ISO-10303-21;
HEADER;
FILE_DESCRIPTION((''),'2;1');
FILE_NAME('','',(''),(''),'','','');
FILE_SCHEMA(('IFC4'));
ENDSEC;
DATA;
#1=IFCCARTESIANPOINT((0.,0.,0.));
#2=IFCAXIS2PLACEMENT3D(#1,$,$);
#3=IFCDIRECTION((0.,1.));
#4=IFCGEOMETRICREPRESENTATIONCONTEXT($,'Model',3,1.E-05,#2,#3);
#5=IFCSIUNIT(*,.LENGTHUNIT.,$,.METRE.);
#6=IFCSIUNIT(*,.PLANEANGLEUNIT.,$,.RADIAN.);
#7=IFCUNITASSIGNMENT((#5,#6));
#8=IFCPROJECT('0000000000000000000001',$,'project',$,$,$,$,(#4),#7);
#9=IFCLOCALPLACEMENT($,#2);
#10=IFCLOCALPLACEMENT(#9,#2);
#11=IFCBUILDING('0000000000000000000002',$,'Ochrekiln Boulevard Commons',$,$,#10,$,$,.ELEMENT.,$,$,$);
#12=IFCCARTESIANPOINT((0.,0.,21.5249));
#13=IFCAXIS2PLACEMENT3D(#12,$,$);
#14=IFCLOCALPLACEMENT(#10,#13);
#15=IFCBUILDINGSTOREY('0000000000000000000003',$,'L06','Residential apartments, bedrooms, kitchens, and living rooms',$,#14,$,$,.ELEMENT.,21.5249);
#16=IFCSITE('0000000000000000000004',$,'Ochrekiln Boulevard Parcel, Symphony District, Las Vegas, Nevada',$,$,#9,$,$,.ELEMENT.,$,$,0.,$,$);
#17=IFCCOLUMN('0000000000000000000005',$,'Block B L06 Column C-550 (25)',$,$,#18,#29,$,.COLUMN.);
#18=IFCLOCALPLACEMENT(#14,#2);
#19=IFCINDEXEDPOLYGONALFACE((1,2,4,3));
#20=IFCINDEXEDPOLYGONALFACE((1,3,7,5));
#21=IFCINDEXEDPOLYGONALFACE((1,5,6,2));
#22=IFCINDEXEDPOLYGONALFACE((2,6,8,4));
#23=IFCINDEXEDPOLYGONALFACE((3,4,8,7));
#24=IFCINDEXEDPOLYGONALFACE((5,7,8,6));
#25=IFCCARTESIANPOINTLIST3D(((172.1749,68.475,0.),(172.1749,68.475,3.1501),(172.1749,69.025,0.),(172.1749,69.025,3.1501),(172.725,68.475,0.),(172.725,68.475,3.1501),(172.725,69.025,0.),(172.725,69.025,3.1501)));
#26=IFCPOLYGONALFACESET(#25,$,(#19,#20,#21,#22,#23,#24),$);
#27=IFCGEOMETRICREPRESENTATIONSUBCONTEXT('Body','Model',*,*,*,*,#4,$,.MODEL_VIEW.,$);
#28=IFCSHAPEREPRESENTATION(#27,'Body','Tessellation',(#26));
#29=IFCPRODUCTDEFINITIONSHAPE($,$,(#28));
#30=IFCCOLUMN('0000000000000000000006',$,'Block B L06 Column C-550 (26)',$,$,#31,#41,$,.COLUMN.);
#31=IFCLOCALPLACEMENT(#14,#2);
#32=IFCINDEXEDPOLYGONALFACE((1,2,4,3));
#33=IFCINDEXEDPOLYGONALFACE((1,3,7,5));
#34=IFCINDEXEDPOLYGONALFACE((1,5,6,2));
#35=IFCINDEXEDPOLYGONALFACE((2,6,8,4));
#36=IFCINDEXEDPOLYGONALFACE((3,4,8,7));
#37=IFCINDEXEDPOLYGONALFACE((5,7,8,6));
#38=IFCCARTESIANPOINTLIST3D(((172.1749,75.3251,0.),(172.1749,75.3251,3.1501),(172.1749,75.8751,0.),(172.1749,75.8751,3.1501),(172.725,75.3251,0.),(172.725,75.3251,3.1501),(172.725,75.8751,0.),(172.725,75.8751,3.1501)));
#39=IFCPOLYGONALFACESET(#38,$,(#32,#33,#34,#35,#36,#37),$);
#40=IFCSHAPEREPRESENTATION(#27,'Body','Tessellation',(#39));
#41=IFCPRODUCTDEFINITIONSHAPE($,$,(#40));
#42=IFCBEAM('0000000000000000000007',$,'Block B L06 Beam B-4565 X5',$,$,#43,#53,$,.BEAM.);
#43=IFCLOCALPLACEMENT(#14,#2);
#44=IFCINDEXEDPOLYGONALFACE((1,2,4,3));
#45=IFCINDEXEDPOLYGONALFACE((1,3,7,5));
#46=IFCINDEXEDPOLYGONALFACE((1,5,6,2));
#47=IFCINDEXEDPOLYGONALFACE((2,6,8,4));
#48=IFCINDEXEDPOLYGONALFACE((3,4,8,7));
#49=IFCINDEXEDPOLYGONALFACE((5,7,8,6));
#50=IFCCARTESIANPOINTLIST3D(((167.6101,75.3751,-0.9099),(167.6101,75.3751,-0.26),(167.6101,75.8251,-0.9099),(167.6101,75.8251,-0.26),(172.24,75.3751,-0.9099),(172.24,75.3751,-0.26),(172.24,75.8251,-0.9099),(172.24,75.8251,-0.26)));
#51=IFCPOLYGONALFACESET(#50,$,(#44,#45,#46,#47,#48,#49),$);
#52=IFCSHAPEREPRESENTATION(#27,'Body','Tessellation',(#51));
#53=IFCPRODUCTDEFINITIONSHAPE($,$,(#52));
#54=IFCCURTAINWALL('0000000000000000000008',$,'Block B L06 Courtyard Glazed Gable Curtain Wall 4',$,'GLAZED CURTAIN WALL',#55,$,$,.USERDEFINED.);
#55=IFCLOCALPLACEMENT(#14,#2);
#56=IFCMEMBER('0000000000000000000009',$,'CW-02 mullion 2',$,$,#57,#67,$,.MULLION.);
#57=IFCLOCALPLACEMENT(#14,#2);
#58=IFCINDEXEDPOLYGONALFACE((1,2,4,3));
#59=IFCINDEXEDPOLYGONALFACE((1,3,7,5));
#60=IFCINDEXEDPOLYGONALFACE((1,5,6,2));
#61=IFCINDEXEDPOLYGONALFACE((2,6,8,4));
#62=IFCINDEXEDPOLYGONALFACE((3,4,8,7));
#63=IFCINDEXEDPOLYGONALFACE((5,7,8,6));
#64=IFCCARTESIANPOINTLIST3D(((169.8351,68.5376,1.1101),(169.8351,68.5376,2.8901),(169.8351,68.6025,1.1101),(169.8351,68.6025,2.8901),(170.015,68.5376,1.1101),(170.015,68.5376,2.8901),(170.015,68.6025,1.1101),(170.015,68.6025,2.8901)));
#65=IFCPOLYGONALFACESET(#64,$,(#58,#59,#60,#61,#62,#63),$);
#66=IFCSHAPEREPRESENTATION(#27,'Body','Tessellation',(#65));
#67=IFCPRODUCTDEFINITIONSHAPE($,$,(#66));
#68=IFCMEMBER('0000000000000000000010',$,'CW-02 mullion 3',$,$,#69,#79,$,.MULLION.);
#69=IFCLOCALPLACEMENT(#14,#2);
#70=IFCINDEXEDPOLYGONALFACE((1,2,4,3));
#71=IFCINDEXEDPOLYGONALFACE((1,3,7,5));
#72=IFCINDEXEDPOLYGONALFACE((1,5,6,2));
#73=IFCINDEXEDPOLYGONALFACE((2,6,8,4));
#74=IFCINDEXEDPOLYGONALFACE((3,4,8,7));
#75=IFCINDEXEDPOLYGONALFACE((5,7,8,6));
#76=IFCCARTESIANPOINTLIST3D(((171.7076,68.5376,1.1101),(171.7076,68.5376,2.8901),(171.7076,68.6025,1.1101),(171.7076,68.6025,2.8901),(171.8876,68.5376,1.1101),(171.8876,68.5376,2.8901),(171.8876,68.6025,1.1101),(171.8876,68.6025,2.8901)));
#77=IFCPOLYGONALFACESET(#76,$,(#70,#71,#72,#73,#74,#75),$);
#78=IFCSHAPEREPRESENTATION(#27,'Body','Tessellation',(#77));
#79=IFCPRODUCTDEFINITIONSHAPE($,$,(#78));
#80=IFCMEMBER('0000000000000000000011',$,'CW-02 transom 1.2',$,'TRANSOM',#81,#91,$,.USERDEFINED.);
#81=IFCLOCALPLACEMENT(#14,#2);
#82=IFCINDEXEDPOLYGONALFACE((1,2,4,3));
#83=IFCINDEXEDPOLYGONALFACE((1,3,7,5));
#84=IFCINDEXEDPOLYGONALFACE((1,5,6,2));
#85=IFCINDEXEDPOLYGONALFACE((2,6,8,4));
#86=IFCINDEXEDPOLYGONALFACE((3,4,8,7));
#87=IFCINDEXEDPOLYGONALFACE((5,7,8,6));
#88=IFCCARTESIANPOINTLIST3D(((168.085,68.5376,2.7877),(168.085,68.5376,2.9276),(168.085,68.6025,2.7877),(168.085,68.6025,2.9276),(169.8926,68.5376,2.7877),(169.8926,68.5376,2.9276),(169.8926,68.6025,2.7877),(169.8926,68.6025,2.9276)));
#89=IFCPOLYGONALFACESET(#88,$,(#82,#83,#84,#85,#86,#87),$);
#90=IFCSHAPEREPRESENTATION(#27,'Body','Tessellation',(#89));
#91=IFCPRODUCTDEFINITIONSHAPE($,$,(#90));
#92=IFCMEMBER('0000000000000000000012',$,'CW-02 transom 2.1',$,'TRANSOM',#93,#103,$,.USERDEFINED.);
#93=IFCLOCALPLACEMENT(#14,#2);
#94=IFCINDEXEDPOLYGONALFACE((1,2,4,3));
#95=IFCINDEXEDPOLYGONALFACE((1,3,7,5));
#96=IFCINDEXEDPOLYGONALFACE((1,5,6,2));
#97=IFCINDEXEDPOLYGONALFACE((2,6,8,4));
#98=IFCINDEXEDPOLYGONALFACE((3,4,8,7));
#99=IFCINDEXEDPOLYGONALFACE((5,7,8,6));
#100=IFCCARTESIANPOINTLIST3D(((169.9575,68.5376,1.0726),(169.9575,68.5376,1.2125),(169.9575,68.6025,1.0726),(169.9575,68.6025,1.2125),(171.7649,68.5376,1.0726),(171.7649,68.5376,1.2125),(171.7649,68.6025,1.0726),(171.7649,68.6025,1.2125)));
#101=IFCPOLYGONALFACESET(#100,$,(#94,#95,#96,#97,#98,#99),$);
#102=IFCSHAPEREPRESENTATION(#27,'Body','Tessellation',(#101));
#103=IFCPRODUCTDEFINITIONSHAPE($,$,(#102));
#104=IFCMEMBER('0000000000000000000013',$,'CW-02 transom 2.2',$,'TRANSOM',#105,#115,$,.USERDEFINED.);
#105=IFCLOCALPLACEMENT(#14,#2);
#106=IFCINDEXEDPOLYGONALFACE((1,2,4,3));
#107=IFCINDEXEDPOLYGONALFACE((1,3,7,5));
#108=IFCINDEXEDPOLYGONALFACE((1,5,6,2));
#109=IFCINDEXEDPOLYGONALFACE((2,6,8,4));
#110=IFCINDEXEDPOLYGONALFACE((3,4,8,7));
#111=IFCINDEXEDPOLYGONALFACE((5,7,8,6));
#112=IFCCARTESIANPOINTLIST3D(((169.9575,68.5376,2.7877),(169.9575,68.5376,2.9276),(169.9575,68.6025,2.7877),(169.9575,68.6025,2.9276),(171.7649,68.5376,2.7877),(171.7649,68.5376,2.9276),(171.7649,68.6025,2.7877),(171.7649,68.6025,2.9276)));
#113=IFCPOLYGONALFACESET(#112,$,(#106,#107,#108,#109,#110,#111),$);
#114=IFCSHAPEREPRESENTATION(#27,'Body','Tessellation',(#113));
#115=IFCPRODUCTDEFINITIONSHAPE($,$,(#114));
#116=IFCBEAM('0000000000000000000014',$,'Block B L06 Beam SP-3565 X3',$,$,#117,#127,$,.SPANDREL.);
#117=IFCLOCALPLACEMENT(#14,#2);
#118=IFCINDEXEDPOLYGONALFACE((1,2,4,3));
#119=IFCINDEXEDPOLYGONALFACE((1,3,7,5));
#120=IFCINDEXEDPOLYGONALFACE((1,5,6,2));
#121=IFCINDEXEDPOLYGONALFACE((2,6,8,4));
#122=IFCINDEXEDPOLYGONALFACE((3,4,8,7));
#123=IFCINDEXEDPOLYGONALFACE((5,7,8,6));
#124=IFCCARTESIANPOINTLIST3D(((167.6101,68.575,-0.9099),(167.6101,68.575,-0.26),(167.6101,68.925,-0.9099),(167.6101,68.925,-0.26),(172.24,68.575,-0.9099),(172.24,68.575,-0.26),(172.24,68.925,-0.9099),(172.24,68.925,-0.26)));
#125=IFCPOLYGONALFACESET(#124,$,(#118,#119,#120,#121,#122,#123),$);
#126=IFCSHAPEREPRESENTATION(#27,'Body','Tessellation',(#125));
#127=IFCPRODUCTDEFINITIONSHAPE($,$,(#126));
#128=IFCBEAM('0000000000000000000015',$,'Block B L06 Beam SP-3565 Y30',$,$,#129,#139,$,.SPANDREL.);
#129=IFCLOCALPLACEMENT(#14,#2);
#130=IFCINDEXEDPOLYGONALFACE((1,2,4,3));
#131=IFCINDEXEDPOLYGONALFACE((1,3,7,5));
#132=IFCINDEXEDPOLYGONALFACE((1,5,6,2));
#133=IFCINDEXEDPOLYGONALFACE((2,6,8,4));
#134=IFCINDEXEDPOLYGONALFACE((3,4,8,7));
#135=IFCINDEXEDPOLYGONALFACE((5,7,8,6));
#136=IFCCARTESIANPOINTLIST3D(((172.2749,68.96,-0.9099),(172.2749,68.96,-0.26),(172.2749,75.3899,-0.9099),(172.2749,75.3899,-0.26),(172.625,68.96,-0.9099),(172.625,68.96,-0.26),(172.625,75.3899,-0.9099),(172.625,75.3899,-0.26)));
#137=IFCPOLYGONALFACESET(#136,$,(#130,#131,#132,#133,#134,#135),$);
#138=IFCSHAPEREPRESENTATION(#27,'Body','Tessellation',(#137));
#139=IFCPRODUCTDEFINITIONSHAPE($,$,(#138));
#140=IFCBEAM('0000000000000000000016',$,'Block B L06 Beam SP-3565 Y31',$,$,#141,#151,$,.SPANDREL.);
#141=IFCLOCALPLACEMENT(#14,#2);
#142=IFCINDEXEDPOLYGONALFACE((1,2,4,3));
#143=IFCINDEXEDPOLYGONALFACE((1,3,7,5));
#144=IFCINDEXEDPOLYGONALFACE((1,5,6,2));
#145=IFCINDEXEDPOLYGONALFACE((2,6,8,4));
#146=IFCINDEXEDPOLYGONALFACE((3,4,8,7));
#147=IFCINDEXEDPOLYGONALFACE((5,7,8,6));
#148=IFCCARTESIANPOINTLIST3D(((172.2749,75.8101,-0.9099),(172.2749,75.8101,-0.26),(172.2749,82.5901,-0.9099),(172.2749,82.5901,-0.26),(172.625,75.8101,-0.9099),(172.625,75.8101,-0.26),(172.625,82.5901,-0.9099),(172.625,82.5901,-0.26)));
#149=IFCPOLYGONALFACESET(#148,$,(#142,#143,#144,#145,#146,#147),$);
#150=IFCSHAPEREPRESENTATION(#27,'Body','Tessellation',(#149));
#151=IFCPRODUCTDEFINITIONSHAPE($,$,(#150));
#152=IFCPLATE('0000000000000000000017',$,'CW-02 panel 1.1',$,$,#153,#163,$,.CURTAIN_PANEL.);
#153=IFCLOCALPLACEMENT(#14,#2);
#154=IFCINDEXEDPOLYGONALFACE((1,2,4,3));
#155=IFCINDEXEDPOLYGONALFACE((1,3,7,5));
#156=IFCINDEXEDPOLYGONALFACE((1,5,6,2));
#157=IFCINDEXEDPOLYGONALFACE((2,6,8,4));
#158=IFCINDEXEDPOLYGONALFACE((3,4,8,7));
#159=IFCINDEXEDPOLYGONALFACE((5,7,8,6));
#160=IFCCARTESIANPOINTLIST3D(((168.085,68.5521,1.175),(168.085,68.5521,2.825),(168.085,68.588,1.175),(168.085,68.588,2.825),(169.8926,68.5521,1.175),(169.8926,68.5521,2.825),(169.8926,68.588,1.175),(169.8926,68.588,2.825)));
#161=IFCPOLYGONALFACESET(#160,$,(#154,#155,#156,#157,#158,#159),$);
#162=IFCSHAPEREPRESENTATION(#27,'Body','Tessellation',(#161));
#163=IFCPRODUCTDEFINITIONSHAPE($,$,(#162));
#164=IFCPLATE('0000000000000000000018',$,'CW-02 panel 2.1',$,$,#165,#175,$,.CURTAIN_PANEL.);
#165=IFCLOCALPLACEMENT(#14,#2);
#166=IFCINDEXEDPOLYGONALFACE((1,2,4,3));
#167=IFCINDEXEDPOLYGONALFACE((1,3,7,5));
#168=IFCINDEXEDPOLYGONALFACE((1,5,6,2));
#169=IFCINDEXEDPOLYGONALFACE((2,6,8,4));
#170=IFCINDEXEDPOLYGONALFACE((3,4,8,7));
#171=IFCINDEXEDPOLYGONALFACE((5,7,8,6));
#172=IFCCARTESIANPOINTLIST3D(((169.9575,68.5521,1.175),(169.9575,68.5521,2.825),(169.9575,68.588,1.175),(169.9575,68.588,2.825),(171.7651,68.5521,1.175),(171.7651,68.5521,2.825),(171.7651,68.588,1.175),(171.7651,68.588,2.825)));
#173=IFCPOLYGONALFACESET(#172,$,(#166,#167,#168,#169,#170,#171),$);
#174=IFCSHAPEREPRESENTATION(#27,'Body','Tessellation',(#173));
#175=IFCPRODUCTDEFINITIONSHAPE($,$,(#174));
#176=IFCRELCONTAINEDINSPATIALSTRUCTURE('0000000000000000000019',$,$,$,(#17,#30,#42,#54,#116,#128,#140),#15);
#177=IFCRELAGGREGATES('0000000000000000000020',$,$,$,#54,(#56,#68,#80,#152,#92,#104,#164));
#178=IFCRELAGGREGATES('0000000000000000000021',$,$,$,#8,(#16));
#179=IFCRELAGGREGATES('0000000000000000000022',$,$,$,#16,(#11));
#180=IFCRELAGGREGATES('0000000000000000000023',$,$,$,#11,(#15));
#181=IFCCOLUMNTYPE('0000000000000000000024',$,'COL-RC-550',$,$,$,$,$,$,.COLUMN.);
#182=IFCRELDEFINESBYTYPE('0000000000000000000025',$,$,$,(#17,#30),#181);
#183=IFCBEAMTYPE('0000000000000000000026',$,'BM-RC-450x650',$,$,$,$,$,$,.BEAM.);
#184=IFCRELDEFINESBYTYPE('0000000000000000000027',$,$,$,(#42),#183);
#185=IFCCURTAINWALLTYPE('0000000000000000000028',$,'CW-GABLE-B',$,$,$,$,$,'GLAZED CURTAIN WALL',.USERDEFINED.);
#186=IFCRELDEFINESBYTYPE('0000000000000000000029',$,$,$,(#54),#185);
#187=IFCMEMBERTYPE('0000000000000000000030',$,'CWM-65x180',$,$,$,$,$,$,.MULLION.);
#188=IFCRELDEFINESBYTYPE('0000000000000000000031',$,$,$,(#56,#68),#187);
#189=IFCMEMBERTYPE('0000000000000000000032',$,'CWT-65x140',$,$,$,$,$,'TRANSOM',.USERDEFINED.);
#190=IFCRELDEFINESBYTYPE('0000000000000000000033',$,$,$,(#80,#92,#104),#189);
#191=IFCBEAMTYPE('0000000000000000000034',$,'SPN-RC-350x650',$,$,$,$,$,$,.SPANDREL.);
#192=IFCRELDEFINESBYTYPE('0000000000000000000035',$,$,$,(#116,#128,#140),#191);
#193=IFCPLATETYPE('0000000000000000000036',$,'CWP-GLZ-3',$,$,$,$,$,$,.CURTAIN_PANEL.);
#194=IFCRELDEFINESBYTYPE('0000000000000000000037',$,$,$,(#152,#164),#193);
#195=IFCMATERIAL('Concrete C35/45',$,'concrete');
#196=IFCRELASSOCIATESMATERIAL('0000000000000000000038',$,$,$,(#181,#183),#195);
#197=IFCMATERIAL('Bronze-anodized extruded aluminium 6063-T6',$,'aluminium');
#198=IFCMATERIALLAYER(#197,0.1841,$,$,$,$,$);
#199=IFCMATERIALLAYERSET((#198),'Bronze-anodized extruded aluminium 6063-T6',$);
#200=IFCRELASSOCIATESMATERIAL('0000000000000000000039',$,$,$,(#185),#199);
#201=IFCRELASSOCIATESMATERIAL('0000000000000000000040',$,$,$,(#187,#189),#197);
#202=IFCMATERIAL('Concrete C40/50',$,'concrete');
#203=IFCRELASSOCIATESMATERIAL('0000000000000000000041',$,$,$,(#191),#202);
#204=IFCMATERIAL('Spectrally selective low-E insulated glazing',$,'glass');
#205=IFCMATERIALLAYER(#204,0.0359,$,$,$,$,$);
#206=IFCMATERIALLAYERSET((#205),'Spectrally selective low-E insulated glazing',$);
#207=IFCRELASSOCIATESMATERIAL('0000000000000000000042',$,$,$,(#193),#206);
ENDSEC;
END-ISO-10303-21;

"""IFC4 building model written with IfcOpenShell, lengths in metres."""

from ifc_helpers import new_model, si_unit, direction, frame, origin, origin_2d, place, context, subcontext, project, spatial, rectangle, extrude, material, layer, layer_set, material_profile, profile_set, type_object, element, aggregate, save


model = new_model("IFC4")

# Units and contexts
model_context = context("Model", 3, precision=1e-05, world=origin(), true_north=direction((0.0, 1.0)))
body_context = subcontext(model_context, "Body", "Model", "MODEL_VIEW")
ifc_project = project(units=[si_unit("LENGTHUNIT", "METRE"), si_unit("PLANEANGLEUNIT", "RADIAN")], contexts=[model_context])

# Site, building, storey
site_placement = place(None, origin())
site = spatial("IfcSite", under=ifc_project, at=site_placement, Name="Ochrekiln Boulevard Parcel, Symphony District, Las Vegas, Nevada", CompositionType="ELEMENT", RefElevation=0.0)
building_placement = place(site_placement, origin())
building = spatial("IfcBuilding", under=site, at=building_placement, Name="Ochrekiln Boulevard Commons", CompositionType="ELEMENT")
storey_placement = place(building_placement, frame((0.0, 0.0, 21.5249)))
storey = spatial("IfcBuildingStorey", under=building, at=storey_placement, Name="L06", Description="Residential apartments, bedrooms, kitchens, and living rooms", CompositionType="ELEMENT", Elevation=21.5249)

# Columns
ifc_material_1 = material(Name="Concrete C35/45", Category="concrete")
ifc_material_profile_1 = material_profile(ifc_material_1, rectangle(XDim=0.55, YDim=0.55, at=origin_2d()), Name="RC-COL-550x550")
ifc_profile_set_1 = profile_set([ifc_material_profile_1], Name="Concrete C35/45")
column_type = type_object("IfcColumnType", Name="COL-RC-550", PredefinedType="COLUMN", material=ifc_profile_set_1)
for number, where, z_axis, x_axis, name in (
    (1, (172.45, 68.75, 0.0), (0.0, 0.0, 1.0), (1.0, 0.0, 0.0), "Block B L06 Column C-550 (25)"),
    (2, (172.45, 75.6001, 0.0), (0.0, 0.0, 1.0), (1.0, 0.0, 0.0), "Block B L06 Column C-550 (26)"),
):
    element("IfcColumn", number, at=place(storey_placement, frame(where, z_axis=z_axis, x_axis=x_axis)), inside=storey, type_object=column_type, Name=name, PredefinedType="COLUMN", context=body_context, shape_type="SweptSolid", body=[
        extrude(rectangle(XDim=0.55, YDim=0.55, at=origin_2d()), origin(), (0.0, 0.0, 1.0), 3.1501),
    ])

# Beam
ifc_material_profile_2 = material_profile(ifc_material_1, rectangle(XDim=0.45, YDim=0.6499, at=origin_2d()), Name="RC-BM-450x650")
ifc_profile_set_2 = profile_set([ifc_material_profile_2], Name="Concrete C35/45")
beam_type_1 = type_object("IfcBeamType", Name="BM-RC-450x650", PredefinedType="BEAM", material=ifc_profile_set_2)
beam_1_placement = place(storey_placement, frame((167.6101, 75.6001, -0.585), z_axis=(1.0, 0.0, 0.0), x_axis=(0.0, 1.0, 0.0)))
element("IfcBeam", 3, at=beam_1_placement, inside=storey, type_object=beam_type_1, Name="Block B L06 Beam B-4565 X5", PredefinedType="BEAM", context=body_context, shape_type="SweptSolid", body=[
    extrude(rectangle(XDim=0.45, YDim=0.6499, at=origin_2d()), origin(), (0.0, 0.0, 1.0), 4.6299),
])

# Curtain wall, members
ifc_material_2 = material(Name="Bronze-anodized extruded aluminium 6063-T6", Category="aluminium")
ifc_layer_1 = layer(ifc_material_2, 0.1841)
ifc_layer_set_1 = layer_set([ifc_layer_1], Name="Bronze-anodized extruded aluminium 6063-T6")
curtain_wall_type = type_object("IfcCurtainWallType", Name="CW-GABLE-B", ElementType="GLAZED CURTAIN WALL", PredefinedType="USERDEFINED", material=ifc_layer_set_1)
curtain_wall_placement = place(storey_placement, origin())
curtain_wall = element("IfcCurtainWall", 4, at=curtain_wall_placement, inside=storey, type_object=curtain_wall_type, Name="Block B L06 Courtyard Glazed Gable Curtain Wall 4", ObjectType="GLAZED CURTAIN WALL", PredefinedType="USERDEFINED")
ifc_material_profile_3 = material_profile(ifc_material_2, rectangle(XDim=0.0649, YDim=0.1799, at=origin_2d()), Name="ALU-MUL-65x180")
ifc_profile_set_3 = profile_set([ifc_material_profile_3], Name="Bronze-anodized extruded aluminium 6063-T6")
member_type_1 = type_object("IfcMemberType", Name="CWM-65x180", PredefinedType="MULLION", material=ifc_profile_set_3)
member_1_placement = place(storey_placement, frame((169.925, 68.5701, 1.1101), z_axis=(0.0, 0.0, 1.0), x_axis=(0.0, 1.0, 0.0)))
member_1 = element("IfcMember", 5, at=member_1_placement, type_object=member_type_1, Name="CW-02 mullion 2", PredefinedType="MULLION", context=body_context, shape_type="SweptSolid", body=[
    extrude(rectangle(XDim=0.0649, YDim=0.1799, at=origin_2d()), origin(), (0.0, 0.0, 1.0), 1.78),
])
member_2_placement = place(storey_placement, frame((171.7976, 68.5701, 1.1101), z_axis=(0.0, 0.0, 1.0), x_axis=(0.0, 1.0, 0.0)))
member_2 = element("IfcMember", 6, at=member_2_placement, type_object=member_type_1, Name="CW-02 mullion 3", PredefinedType="MULLION", context=body_context, shape_type="SweptSolid", body=[
    extrude(rectangle(XDim=0.0649, YDim=0.1799, at=origin_2d()), origin(), (0.0, 0.0, 1.0), 1.78),
])
ifc_material_profile_4 = material_profile(ifc_material_2, rectangle(XDim=0.0649, YDim=0.1399, at=origin_2d()), Name="ALU-TRN-65x140")
ifc_profile_set_4 = profile_set([ifc_material_profile_4], Name="Bronze-anodized extruded aluminium 6063-T6")
member_type_2 = type_object("IfcMemberType", Name="CWT-65x140", ElementType="TRANSOM", PredefinedType="USERDEFINED", material=ifc_profile_set_4)
member_3_placement = place(storey_placement, frame((168.085, 68.5701, 2.8577), z_axis=(1.0, 0.0, 0.0), x_axis=(0.0, 1.0, 0.0)))
member_3 = element("IfcMember", 7, at=member_3_placement, type_object=member_type_2, Name="CW-02 transom 1.2", ObjectType="TRANSOM", PredefinedType="USERDEFINED", context=body_context, shape_type="SweptSolid", body=[
    extrude(rectangle(XDim=0.0649, YDim=0.1399, at=origin_2d()), origin(), (0.0, 0.0, 1.0), 1.8076),
])
member_4_placement = place(storey_placement, frame((169.9575, 68.5701, 1.1426), z_axis=(1.0, 0.0, 0.0), x_axis=(0.0, 1.0, 0.0)))
member_4 = element("IfcMember", 8, at=member_4_placement, type_object=member_type_2, Name="CW-02 transom 2.1", ObjectType="TRANSOM", PredefinedType="USERDEFINED", context=body_context, shape_type="SweptSolid", body=[
    extrude(rectangle(XDim=0.0649, YDim=0.1399, at=origin_2d()), origin(), (0.0, 0.0, 1.0), 1.8074),
])
member_5_placement = place(storey_placement, frame((169.9575, 68.5701, 2.8577), z_axis=(1.0, 0.0, 0.0), x_axis=(0.0, 1.0, 0.0)))
member_5 = element("IfcMember", 9, at=member_5_placement, type_object=member_type_2, Name="CW-02 transom 2.2", ObjectType="TRANSOM", PredefinedType="USERDEFINED", context=body_context, shape_type="SweptSolid", body=[
    extrude(rectangle(XDim=0.0649, YDim=0.1399, at=origin_2d()), origin(), (0.0, 0.0, 1.0), 1.8074),
])

# Beams
ifc_material_3 = material(Name="Concrete C40/50", Category="concrete")
ifc_material_profile_5 = material_profile(ifc_material_3, rectangle(XDim=0.3501, YDim=0.6499, at=origin_2d()), Name="RC-SPN-350x650")
ifc_profile_set_5 = profile_set([ifc_material_profile_5], Name="Concrete C40/50")
beam_type_2 = type_object("IfcBeamType", Name="SPN-RC-350x650", PredefinedType="SPANDREL", material=ifc_profile_set_5)
beam_2_placement = place(storey_placement, frame((167.6101, 68.75, -0.585), z_axis=(1.0, 0.0, 0.0), x_axis=(0.0, 1.0, 0.0)))
element("IfcBeam", 10, at=beam_2_placement, inside=storey, type_object=beam_type_2, Name="Block B L06 Beam SP-3565 X3", PredefinedType="SPANDREL", context=body_context, shape_type="SweptSolid", body=[
    extrude(rectangle(XDim=0.3501, YDim=0.6499, at=origin_2d()), origin(), (0.0, 0.0, 1.0), 4.6299),
])
beam_3_placement = place(storey_placement, frame((172.45, 68.96, -0.585), z_axis=(0.0, 1.0, 0.0), x_axis=(-1.0, 0.0, 0.0)))
element("IfcBeam", 11, at=beam_3_placement, inside=storey, type_object=beam_type_2, Name="Block B L06 Beam SP-3565 Y30", PredefinedType="SPANDREL", context=body_context, shape_type="SweptSolid", body=[
    extrude(rectangle(XDim=0.3501, YDim=0.6499, at=origin_2d()), origin(), (0.0, 0.0, 1.0), 6.4299),
])
beam_4_placement = place(storey_placement, frame((172.45, 75.8101, -0.585), z_axis=(0.0, 1.0, 0.0), x_axis=(-1.0, 0.0, 0.0)))
element("IfcBeam", 12, at=beam_4_placement, inside=storey, type_object=beam_type_2, Name="Block B L06 Beam SP-3565 Y31", PredefinedType="SPANDREL", context=body_context, shape_type="SweptSolid", body=[
    extrude(rectangle(XDim=0.3501, YDim=0.6499, at=origin_2d()), origin(), (0.0, 0.0, 1.0), 6.78),
])

# Plates
ifc_material_4 = material(Name="Spectrally selective low-E insulated glazing", Category="glass")
ifc_layer_2 = layer(ifc_material_4, 0.0359)
ifc_layer_set_2 = layer_set([ifc_layer_2], Name="Spectrally selective low-E insulated glazing")
plate_type = type_object("IfcPlateType", Name="CWP-GLZ-3", PredefinedType="CURTAIN_PANEL", material=ifc_layer_set_2)
plate_1_placement = place(storey_placement, frame((168.9888, 68.5701, 1.175), z_axis=(0.0, 0.0, 1.0), x_axis=(1.0, 0.0, 0.0)))
plate_1 = element("IfcPlate", 13, at=plate_1_placement, type_object=plate_type, Name="CW-02 panel 1.1", PredefinedType="CURTAIN_PANEL", context=body_context, shape_type="SweptSolid", body=[
    extrude(rectangle(XDim=1.8076, YDim=0.0359, at=origin_2d()), origin(), (0.0, 0.0, 1.0), 1.6499),
])
plate_2_placement = place(storey_placement, frame((170.8613, 68.5701, 1.175), z_axis=(0.0, 0.0, 1.0), x_axis=(1.0, 0.0, 0.0)))
plate_2 = element("IfcPlate", 14, at=plate_2_placement, type_object=plate_type, Name="CW-02 panel 2.1", PredefinedType="CURTAIN_PANEL", context=body_context, shape_type="SweptSolid", body=[
    extrude(rectangle(XDim=1.8076, YDim=0.0359, at=origin_2d()), origin(), (0.0, 0.0, 1.0), 1.6499),
])
aggregate(curtain_wall, [member_1, member_2, member_3, plate_1, member_4, member_5, plate_2])

save(model, "model.ifc")
